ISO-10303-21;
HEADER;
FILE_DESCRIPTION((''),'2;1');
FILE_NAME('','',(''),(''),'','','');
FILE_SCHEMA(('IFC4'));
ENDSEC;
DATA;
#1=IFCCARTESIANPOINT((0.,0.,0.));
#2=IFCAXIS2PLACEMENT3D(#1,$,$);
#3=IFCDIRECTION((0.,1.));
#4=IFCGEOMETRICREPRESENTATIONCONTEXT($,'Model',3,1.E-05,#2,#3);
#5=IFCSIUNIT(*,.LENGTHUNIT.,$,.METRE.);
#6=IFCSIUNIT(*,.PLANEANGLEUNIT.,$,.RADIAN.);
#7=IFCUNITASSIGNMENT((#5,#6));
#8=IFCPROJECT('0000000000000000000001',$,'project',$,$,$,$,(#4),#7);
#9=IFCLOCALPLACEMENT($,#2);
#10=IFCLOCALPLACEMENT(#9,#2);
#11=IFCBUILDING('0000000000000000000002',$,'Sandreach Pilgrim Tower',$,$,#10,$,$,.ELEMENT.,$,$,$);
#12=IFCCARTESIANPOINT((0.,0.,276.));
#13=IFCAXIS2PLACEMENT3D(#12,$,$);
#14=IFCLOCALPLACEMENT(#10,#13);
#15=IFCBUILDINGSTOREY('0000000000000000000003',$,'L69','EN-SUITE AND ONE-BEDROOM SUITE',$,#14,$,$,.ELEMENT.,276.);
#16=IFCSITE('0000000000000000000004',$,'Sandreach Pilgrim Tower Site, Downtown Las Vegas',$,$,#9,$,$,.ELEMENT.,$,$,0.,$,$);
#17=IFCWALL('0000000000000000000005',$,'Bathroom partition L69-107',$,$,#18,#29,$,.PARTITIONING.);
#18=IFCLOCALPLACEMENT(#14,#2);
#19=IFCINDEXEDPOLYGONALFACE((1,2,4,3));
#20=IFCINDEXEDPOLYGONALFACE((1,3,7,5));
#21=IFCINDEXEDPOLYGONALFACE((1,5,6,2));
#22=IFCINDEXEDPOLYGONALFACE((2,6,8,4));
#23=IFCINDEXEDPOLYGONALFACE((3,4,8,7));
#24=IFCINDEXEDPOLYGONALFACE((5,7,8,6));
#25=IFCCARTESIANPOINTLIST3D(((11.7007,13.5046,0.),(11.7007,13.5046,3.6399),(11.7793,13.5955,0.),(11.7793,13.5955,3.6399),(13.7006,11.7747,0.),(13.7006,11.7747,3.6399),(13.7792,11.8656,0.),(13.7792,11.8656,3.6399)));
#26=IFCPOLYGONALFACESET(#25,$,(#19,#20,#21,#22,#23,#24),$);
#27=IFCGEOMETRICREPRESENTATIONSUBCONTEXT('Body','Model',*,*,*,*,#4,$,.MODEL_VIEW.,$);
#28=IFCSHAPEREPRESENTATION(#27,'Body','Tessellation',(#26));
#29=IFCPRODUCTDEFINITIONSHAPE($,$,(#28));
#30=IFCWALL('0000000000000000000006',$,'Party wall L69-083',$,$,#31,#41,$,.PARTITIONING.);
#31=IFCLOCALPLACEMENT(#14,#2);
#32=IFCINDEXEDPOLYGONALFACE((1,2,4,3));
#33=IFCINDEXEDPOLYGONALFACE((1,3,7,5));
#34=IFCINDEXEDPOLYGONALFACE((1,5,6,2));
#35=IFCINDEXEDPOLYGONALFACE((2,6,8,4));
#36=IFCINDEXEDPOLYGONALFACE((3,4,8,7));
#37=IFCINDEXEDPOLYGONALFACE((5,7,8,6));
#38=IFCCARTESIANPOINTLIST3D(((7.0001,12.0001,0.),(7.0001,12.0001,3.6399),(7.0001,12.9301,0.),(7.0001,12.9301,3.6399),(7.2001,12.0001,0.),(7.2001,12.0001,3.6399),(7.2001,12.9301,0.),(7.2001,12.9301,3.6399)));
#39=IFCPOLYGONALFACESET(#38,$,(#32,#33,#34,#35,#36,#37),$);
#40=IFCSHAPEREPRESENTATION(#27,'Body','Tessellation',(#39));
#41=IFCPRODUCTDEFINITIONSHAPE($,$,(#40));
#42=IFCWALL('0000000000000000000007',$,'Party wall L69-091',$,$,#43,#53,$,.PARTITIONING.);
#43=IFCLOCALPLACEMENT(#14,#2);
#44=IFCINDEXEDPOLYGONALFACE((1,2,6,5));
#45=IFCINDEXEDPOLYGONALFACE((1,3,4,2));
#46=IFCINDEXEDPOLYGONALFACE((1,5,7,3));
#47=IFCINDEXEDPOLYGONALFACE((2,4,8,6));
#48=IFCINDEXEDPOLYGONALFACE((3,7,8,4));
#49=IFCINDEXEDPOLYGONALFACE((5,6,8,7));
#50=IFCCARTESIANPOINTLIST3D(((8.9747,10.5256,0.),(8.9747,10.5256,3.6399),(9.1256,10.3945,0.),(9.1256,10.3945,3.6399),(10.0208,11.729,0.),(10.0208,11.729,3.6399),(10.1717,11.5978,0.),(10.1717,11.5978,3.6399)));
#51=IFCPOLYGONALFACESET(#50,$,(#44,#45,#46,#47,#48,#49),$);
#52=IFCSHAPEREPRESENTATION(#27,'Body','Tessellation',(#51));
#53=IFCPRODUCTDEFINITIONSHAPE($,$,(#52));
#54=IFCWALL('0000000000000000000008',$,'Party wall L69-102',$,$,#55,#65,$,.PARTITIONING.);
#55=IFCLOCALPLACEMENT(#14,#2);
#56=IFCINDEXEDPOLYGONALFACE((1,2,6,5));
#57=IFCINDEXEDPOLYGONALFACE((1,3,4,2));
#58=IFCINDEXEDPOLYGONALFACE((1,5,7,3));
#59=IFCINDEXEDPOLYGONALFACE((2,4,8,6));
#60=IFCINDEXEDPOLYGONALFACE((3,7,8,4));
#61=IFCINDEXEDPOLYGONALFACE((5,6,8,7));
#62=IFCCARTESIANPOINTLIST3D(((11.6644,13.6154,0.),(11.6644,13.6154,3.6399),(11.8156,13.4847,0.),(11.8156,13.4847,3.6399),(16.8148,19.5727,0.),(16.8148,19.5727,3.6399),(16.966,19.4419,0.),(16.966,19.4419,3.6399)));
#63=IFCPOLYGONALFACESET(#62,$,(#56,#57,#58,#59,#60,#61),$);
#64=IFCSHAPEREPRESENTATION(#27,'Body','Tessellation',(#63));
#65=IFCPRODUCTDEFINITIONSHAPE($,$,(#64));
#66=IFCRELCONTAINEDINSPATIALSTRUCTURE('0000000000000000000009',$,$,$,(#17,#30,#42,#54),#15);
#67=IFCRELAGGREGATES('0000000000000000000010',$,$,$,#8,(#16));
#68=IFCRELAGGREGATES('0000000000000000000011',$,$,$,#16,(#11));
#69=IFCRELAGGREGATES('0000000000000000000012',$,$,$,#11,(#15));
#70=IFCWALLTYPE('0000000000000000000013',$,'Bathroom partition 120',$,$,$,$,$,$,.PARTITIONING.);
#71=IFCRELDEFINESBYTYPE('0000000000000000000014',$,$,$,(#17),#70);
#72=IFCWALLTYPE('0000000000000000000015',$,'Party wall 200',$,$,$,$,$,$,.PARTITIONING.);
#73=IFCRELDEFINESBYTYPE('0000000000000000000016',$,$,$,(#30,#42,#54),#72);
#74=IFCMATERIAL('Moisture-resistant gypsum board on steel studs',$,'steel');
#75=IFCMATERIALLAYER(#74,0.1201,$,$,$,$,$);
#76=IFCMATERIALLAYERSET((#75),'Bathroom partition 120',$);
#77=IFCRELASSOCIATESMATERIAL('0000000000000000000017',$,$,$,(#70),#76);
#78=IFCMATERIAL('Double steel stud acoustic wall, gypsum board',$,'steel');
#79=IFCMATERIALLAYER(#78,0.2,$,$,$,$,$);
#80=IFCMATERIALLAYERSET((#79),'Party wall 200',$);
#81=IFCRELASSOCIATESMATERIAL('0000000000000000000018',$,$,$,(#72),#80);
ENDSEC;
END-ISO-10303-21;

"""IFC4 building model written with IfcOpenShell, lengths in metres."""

from ifc_helpers import new_model, si_unit, direction, frame, frame_2d, origin, place, context, subcontext, project, spatial, rectangle, extrude, material, layer, layer_set, type_object, element, save


model = new_model("IFC4")

# Units and contexts
model_context = context("Model", 3, precision=1e-05, world=origin(), true_north=direction((0.0, 1.0)))
body_context = subcontext(model_context, "Body", "Model", "MODEL_VIEW")
ifc_project = project(units=[si_unit("LENGTHUNIT", "METRE"), si_unit("PLANEANGLEUNIT", "RADIAN")], contexts=[model_context])

# Site, building, storey
site_placement = place(None, origin())
site = spatial("IfcSite", under=ifc_project, at=site_placement, Name="Sandreach Pilgrim Tower Site, Downtown Las Vegas", CompositionType="ELEMENT", RefElevation=0.0)
building_placement = place(site_placement, origin())
building = spatial("IfcBuilding", under=site, at=building_placement, Name="Sandreach Pilgrim Tower", CompositionType="ELEMENT")
storey_placement = place(building_placement, frame((0.0, 0.0, 276.0)))
storey = spatial("IfcBuildingStorey", under=building, at=storey_placement, Name="L69", Description="EN-SUITE AND ONE-BEDROOM SUITE", CompositionType="ELEMENT", Elevation=276.0)

# Shared definitions
ifc_material_1 = material(Name="Moisture-resistant gypsum board on steel studs", Category="steel")
ifc_layer_1 = layer(ifc_material_1, 0.1201)
ifc_layer_set_1 = layer_set([ifc_layer_1], Name="Bathroom partition 120")
wall_type_1 = type_object("IfcWallType", Name="Bathroom partition 120", PredefinedType="PARTITIONING", material=ifc_layer_set_1)

# Walls
wall_1_placement = place(storey_placement, frame((13.74, 11.8201, 0.0), z_axis=(0.0, 0.0, 1.0), x_axis=(-0.756316, 0.654206, 0.0)))
element("IfcWall", 1, at=wall_1_placement, inside=storey, type_object=wall_type_1, Name="Bathroom partition L69-107", PredefinedType="PARTITIONING", context=body_context, shape_type="SweptSolid", body=[
    extrude(rectangle(XDim=2.6443, YDim=0.1201, at=frame_2d((1.3223, 0.0))), origin(), (0.0, 0.0, 1.0), 3.6399),
])
ifc_material_2 = material(Name="Double steel stud acoustic wall, gypsum board", Category="steel")
ifc_layer_2 = layer(ifc_material_2, 0.2)
ifc_layer_set_2 = layer_set([ifc_layer_2], Name="Party wall 200")
wall_type_2 = type_object("IfcWallType", Name="Party wall 200", PredefinedType="PARTITIONING", material=ifc_layer_set_2)
wall_2_placement = place(storey_placement, frame((7.1001, 12.9299, 0.0), z_axis=(0.0, 0.0, 1.0), x_axis=(0.0, -1.0, 0.0)))
element("IfcWall", 2, at=wall_2_placement, inside=storey, type_object=wall_type_2, Name="Party wall L69-083", PredefinedType="PARTITIONING", context=body_context, shape_type="SweptSolid", body=[
    extrude(rectangle(XDim=0.9299, YDim=0.2, at=frame_2d((0.4648, 0.0))), origin(), (0.0, 0.0, 1.0), 3.6399),
])
wall_3_placement = place(storey_placement, frame((9.05, 10.46, 0.0), z_axis=(0.0, 0.0, 1.0), x_axis=(0.656084, 0.754688, 0.0)))
element("IfcWall", 3, at=wall_3_placement, inside=storey, type_object=wall_type_2, Name="Party wall L69-091", PredefinedType="PARTITIONING", context=body_context, shape_type="SweptSolid", body=[
    extrude(rectangle(XDim=1.5945, YDim=0.2, at=frame_2d((0.7974, 0.0))), origin(), (0.0, 0.0, 1.0), 3.6399),
])
wall_4_placement = place(storey_placement, frame((11.74, 13.55, 0.0), z_axis=(0.0, 0.0, 1.0), x_axis=(0.654018, 0.756479, 0.0)))
element("IfcWall", 4, at=wall_4_placement, inside=storey, type_object=wall_type_2, Name="Party wall L69-102", PredefinedType="PARTITIONING", context=body_context, shape_type="SweptSolid", body=[
    extrude(rectangle(XDim=7.875, YDim=0.2, at=frame_2d((3.9375, 0.0))), origin(), (0.0, 0.0, 1.0), 3.6399),
])

save(model, "model.ifc")
